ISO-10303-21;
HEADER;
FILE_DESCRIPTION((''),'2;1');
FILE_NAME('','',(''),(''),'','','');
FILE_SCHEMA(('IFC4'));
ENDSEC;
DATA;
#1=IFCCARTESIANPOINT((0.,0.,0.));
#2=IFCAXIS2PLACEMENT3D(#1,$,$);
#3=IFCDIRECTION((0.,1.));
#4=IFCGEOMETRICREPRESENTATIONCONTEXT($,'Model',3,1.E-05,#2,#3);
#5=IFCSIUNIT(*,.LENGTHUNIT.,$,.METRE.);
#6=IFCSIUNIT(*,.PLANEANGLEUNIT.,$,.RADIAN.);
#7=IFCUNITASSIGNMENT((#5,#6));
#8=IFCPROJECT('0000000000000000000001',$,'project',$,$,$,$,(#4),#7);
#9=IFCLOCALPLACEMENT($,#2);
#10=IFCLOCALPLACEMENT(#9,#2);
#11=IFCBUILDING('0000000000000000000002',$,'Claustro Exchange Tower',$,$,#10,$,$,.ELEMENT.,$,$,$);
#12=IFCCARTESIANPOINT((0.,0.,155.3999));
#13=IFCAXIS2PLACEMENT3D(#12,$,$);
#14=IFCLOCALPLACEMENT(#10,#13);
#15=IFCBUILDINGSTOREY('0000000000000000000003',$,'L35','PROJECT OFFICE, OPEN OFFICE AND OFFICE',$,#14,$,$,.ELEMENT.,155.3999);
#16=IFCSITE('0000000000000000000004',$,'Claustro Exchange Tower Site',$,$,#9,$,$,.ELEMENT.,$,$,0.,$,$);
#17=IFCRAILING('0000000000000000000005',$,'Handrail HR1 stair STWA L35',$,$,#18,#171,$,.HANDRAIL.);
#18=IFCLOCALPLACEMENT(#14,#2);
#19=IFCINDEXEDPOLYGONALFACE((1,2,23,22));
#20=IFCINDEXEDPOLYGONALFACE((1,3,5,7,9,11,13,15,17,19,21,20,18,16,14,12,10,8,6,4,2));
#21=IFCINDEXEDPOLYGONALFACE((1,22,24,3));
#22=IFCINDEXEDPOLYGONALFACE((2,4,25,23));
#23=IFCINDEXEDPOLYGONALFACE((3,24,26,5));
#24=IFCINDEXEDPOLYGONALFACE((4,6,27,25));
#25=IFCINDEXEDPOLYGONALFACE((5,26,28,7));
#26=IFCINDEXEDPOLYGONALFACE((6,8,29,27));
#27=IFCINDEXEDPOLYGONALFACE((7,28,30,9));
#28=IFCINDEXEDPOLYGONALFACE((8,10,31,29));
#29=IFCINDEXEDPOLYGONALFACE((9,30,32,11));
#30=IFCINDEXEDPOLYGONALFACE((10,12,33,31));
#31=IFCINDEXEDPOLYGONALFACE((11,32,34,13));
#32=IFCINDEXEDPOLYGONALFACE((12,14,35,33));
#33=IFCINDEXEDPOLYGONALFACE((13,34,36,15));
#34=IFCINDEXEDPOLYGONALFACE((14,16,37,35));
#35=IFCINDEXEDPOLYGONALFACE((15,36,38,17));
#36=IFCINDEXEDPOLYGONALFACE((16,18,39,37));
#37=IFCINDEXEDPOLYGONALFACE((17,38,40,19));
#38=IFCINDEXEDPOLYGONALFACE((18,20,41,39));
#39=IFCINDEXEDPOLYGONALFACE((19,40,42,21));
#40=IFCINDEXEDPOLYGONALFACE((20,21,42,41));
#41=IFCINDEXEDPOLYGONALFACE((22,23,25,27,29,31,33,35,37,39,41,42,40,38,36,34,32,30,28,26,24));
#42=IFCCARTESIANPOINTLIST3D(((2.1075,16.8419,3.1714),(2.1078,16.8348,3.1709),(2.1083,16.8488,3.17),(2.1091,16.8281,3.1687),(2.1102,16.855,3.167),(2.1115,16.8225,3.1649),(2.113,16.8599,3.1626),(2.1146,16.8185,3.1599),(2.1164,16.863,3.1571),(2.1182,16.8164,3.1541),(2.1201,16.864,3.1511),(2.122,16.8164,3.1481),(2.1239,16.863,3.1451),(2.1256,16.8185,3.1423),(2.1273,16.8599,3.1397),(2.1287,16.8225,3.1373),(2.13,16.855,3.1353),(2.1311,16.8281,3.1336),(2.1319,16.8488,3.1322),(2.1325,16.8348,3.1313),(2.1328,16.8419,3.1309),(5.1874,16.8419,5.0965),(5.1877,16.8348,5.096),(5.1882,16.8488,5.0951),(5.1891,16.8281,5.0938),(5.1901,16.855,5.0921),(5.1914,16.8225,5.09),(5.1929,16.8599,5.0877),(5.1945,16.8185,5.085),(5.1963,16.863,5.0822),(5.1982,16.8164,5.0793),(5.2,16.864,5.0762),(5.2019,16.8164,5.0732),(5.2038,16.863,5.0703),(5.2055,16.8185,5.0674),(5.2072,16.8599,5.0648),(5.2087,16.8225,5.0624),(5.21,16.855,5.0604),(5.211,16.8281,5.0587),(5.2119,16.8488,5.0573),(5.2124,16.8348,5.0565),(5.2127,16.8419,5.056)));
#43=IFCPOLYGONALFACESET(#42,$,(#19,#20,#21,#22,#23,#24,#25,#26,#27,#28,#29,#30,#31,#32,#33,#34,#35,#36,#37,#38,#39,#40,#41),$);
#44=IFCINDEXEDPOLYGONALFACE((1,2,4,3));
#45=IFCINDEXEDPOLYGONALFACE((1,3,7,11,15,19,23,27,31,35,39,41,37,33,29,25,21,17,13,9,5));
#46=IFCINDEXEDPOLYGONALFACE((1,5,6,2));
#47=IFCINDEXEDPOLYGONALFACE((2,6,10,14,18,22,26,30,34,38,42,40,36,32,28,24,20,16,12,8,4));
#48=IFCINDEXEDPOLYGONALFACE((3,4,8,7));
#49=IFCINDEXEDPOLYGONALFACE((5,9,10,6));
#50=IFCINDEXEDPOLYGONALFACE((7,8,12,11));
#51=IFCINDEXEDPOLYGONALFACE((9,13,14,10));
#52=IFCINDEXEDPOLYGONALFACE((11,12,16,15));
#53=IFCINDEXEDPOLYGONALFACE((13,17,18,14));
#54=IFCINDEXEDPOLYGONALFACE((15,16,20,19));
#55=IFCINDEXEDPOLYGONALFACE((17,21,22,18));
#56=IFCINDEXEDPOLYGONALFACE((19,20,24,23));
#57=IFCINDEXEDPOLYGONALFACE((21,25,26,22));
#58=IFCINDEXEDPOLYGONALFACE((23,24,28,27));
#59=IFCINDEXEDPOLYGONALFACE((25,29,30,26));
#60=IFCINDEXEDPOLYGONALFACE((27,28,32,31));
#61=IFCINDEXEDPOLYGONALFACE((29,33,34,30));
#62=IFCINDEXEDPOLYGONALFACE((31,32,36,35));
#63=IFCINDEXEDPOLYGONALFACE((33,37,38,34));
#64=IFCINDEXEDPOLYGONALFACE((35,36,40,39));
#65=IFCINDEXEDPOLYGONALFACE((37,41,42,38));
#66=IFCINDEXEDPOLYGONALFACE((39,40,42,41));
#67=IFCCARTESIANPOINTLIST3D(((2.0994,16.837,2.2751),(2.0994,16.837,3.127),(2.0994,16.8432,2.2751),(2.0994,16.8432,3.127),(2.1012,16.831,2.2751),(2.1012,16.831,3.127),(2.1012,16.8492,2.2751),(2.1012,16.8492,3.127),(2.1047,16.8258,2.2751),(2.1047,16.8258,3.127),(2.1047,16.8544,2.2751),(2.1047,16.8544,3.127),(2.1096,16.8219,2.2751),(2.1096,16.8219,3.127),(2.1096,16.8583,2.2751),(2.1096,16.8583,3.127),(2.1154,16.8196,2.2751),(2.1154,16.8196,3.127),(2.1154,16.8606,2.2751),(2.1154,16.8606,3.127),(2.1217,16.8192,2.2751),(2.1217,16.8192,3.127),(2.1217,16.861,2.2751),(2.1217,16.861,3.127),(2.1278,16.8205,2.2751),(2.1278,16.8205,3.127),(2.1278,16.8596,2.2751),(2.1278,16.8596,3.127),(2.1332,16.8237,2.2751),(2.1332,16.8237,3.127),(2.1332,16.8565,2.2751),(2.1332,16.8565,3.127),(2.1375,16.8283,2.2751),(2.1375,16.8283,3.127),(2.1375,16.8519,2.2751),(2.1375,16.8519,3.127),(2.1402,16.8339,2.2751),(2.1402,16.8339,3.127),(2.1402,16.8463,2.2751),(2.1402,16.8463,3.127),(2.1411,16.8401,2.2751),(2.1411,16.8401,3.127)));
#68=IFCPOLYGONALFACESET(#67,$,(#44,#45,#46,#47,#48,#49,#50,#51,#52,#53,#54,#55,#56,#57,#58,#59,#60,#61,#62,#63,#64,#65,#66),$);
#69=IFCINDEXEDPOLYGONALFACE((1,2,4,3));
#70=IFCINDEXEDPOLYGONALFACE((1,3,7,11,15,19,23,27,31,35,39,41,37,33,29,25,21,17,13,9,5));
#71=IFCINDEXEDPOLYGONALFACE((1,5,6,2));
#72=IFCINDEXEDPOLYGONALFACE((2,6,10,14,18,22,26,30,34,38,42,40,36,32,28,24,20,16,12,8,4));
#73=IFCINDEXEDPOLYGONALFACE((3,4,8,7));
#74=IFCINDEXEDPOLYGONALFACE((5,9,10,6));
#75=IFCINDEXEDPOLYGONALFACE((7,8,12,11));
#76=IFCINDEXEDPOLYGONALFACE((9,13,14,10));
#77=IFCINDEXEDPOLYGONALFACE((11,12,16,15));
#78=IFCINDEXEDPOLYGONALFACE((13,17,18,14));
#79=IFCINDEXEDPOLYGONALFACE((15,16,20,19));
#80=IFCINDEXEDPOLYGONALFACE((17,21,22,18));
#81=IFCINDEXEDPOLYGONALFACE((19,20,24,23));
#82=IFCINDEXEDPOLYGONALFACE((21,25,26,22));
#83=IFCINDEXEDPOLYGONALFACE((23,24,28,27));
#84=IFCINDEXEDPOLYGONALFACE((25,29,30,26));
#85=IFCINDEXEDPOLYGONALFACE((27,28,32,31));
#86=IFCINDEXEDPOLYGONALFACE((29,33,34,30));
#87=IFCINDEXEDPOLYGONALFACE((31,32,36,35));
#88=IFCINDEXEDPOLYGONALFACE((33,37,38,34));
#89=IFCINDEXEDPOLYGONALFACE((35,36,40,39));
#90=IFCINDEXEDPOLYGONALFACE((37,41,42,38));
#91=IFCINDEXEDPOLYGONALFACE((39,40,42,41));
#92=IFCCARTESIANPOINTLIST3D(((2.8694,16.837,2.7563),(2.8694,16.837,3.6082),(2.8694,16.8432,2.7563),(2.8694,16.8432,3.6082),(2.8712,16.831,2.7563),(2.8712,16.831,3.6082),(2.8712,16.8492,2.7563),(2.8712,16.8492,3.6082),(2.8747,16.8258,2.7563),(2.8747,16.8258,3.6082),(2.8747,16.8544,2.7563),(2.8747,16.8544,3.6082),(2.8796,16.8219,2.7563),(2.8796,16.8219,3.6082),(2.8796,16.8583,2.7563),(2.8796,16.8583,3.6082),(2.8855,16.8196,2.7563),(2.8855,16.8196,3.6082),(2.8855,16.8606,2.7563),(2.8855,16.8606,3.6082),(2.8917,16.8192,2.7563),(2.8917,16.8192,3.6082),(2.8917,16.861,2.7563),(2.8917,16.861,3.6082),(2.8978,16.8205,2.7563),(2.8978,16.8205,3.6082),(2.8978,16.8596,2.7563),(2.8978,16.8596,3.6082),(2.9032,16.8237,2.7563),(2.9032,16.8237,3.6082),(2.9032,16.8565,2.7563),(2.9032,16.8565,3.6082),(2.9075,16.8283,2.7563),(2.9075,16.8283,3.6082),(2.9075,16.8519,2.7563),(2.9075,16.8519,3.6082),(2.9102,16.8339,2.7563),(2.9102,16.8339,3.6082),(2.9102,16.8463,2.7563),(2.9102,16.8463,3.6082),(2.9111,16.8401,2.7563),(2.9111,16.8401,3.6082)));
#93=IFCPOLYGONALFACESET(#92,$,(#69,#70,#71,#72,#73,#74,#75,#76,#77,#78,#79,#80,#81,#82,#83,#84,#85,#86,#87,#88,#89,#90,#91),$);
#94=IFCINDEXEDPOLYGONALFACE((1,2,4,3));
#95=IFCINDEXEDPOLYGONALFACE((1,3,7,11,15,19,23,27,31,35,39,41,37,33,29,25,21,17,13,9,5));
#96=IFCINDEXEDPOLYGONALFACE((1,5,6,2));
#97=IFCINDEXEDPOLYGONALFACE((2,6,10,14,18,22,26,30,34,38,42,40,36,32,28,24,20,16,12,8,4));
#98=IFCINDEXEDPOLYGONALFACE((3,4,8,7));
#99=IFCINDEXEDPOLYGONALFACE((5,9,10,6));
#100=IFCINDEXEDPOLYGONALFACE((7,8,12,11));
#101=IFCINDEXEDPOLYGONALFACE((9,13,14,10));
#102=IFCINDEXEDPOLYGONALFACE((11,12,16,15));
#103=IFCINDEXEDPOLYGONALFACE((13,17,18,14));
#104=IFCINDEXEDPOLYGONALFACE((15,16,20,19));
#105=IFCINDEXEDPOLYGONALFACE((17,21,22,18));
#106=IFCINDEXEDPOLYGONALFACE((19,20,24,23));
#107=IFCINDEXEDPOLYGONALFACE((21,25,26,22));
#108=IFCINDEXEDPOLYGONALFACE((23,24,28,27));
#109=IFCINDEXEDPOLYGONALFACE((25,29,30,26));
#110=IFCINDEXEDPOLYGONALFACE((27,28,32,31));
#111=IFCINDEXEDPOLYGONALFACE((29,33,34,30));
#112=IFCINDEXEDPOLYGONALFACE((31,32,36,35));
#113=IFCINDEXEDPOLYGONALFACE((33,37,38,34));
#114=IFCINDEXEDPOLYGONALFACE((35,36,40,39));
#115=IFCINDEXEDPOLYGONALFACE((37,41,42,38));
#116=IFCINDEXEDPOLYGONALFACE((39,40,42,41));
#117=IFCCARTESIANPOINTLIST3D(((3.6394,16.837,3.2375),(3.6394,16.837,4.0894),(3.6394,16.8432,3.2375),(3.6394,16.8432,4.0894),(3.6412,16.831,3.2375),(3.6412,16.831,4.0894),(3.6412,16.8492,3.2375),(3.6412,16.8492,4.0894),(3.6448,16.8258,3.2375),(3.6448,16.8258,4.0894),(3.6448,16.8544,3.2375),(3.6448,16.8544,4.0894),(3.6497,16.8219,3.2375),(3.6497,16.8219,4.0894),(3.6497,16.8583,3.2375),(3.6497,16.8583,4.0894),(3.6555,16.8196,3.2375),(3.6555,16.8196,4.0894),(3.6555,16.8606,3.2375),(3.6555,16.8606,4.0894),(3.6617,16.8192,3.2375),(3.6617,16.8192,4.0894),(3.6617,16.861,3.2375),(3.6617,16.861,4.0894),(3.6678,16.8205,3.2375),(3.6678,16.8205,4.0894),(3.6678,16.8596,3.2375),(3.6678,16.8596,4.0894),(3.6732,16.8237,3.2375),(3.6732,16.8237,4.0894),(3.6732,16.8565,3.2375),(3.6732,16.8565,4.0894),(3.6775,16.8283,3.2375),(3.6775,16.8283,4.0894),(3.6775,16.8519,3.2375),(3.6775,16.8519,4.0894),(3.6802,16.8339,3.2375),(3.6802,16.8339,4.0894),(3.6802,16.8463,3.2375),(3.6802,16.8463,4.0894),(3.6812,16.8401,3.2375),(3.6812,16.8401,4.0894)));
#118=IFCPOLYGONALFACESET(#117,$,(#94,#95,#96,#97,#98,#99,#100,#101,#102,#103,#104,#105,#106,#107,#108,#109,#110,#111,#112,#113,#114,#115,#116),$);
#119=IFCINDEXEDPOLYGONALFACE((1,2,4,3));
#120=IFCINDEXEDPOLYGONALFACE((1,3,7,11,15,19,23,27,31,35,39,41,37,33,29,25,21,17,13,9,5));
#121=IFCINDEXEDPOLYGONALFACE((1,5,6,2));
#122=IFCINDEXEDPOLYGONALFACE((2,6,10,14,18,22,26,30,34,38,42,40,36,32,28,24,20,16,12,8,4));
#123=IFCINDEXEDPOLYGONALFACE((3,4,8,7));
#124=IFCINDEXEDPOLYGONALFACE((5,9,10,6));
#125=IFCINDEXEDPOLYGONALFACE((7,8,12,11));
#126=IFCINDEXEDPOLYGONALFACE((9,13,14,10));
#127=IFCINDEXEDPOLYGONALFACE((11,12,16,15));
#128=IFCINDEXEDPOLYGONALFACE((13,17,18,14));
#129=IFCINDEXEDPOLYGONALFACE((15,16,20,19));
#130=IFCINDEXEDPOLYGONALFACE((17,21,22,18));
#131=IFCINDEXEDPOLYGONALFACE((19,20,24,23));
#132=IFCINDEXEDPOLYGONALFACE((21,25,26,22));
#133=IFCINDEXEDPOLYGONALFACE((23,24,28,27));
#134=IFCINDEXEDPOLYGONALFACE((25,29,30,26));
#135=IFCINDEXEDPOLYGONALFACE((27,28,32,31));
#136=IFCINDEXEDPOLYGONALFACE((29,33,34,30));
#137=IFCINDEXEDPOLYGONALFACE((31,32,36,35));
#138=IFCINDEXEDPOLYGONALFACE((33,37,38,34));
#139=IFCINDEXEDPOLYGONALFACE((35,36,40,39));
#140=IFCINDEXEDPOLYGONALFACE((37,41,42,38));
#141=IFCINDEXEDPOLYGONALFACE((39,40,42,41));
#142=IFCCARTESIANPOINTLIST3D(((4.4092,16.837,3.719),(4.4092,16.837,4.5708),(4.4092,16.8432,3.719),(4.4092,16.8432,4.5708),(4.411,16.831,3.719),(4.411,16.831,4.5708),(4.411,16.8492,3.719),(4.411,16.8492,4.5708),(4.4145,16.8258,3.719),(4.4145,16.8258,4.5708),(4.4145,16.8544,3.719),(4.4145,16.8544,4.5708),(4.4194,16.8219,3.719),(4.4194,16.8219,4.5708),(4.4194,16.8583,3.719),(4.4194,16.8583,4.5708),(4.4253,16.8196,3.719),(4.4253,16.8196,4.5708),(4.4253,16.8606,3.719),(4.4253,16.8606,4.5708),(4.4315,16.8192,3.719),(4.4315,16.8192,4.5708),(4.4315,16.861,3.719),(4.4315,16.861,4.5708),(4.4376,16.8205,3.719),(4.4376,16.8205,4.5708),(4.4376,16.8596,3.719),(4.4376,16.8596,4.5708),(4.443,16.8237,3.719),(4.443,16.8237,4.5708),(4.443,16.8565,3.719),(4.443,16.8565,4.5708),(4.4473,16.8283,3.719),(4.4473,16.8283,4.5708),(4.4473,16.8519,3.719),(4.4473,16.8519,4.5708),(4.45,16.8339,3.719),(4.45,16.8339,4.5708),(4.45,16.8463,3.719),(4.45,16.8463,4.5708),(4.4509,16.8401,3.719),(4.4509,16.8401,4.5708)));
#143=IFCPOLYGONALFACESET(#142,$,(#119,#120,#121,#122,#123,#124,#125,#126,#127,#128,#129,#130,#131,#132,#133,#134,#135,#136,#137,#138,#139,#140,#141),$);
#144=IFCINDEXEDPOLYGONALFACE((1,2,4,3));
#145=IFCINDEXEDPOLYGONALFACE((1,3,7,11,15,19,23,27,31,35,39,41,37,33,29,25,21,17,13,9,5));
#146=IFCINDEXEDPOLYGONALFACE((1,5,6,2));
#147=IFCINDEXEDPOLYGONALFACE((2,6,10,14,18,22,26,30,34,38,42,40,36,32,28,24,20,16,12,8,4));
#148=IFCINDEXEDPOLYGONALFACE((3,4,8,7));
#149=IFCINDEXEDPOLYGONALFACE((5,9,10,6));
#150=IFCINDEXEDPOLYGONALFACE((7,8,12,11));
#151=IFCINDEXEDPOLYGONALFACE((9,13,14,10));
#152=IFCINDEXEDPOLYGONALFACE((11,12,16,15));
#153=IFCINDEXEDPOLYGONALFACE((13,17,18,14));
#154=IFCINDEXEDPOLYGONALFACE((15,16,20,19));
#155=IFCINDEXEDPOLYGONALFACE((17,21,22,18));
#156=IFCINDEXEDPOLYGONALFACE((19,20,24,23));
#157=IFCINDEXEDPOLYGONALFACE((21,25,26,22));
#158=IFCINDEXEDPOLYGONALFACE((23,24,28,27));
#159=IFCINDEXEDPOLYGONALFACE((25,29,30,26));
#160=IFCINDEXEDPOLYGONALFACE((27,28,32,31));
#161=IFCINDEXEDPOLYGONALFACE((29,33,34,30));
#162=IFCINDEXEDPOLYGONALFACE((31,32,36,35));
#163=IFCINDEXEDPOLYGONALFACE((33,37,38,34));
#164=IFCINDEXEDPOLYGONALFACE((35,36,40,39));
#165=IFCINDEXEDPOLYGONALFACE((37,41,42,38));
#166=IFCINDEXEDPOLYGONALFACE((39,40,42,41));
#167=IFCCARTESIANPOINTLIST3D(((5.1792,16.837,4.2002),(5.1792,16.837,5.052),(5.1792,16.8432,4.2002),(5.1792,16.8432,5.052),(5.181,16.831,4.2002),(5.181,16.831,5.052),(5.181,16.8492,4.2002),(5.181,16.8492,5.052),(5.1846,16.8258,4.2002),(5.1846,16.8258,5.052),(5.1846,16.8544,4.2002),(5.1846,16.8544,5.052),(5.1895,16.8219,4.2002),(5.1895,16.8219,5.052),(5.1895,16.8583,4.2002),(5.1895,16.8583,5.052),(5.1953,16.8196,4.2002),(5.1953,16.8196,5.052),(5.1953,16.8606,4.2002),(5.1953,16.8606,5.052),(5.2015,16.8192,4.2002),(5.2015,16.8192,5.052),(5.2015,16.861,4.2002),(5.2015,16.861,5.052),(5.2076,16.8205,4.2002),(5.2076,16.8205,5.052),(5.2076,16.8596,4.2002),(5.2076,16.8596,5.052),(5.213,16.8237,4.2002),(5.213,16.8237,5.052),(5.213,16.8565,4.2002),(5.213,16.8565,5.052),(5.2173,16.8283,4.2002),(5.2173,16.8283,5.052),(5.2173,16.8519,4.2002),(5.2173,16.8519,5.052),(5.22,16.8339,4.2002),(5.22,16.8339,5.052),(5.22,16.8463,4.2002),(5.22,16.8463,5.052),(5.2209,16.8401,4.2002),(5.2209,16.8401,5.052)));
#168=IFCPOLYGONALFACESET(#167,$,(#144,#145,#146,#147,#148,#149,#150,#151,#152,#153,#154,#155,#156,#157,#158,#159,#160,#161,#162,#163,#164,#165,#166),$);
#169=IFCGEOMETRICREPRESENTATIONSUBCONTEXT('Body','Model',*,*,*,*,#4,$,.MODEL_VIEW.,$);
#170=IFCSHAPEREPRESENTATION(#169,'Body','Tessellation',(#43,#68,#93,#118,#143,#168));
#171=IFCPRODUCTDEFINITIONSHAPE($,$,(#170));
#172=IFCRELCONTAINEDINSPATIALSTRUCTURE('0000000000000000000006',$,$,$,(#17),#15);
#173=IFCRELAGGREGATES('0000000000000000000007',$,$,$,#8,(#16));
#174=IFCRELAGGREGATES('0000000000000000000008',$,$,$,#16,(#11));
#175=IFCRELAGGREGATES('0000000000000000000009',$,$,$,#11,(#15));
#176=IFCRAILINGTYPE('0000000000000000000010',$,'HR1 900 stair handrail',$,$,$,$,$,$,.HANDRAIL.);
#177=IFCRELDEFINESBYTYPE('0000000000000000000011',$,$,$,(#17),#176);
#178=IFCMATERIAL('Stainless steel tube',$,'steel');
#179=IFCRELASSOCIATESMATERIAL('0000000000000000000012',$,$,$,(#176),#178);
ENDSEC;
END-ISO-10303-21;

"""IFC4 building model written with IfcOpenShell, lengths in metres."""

from ifc_helpers import new_model, si_unit, direction, frame, origin, origin_2d, place, context, subcontext, project, spatial, circle, extrude, material, type_object, element, save


model = new_model("IFC4")

# Units and contexts
model_context = context("Model", 3, precision=1e-05, world=origin(), true_north=direction((0.0, 1.0)))
body_context = subcontext(model_context, "Body", "Model", "MODEL_VIEW")
ifc_project = project(units=[si_unit("LENGTHUNIT", "METRE"), si_unit("PLANEANGLEUNIT", "RADIAN")], contexts=[model_context])

# Site, building, storey
site_placement = place(None, origin())
site = spatial("IfcSite", under=ifc_project, at=site_placement, Name="Claustro Exchange Tower Site", CompositionType="ELEMENT", RefElevation=0.0)
building_placement = place(site_placement, origin())
building = spatial("IfcBuilding", under=site, at=building_placement, Name="Claustro Exchange Tower", CompositionType="ELEMENT")
storey_placement = place(building_placement, frame((0.0, 0.0, 155.3999)))
storey = spatial("IfcBuildingStorey", under=building, at=storey_placement, Name="L35", Description="PROJECT OFFICE, OPEN OFFICE AND OFFICE", CompositionType="ELEMENT", Elevation=155.3999)

# Railing
ifc_material_1 = material(Name="Stainless steel tube", Category="steel")
railing_type = type_object("IfcRailingType", Name="HR1 900 stair handrail", PredefinedType="HANDRAIL", material=ifc_material_1)
railing_placement = place(storey_placement, frame((2.1201, 16.8401, 2.2751)))
element("IfcRailing", 1, at=railing_placement, inside=storey, type_object=railing_type, Name="Handrail HR1 stair STWA L35", PredefinedType="HANDRAIL", context=body_context, shape_type="SweptSolid", body=[
    extrude(circle(Radius=0.0239, at=origin_2d()), frame((0.0, 0.0, 0.876), z_axis=(0.847979, 0.0, 0.530029), x_axis=(0.0, 1.0, 0.0)), (0.0, 0.0, 1.0), 3.6321),
    extrude(circle(Radius=0.021, at=origin_2d()), origin(), (0.0, 0.0, 1.0), 0.8518),
    extrude(circle(Radius=0.021, at=origin_2d()), frame((0.77, 0.0, 0.4812)), (0.0, 0.0, 1.0), 0.8518),
    extrude(circle(Radius=0.021, at=origin_2d()), frame((1.54, 0.0, 0.9624)), (0.0, 0.0, 1.0), 0.8518),
    extrude(circle(Radius=0.021, at=origin_2d()), frame((2.3098, 0.0, 1.4438)), (0.0, 0.0, 1.0), 0.8518),
    extrude(circle(Radius=0.021, at=origin_2d()), frame((3.0798, 0.0, 1.925)), (0.0, 0.0, 1.0), 0.8518),
])

save(model, "model.ifc")
